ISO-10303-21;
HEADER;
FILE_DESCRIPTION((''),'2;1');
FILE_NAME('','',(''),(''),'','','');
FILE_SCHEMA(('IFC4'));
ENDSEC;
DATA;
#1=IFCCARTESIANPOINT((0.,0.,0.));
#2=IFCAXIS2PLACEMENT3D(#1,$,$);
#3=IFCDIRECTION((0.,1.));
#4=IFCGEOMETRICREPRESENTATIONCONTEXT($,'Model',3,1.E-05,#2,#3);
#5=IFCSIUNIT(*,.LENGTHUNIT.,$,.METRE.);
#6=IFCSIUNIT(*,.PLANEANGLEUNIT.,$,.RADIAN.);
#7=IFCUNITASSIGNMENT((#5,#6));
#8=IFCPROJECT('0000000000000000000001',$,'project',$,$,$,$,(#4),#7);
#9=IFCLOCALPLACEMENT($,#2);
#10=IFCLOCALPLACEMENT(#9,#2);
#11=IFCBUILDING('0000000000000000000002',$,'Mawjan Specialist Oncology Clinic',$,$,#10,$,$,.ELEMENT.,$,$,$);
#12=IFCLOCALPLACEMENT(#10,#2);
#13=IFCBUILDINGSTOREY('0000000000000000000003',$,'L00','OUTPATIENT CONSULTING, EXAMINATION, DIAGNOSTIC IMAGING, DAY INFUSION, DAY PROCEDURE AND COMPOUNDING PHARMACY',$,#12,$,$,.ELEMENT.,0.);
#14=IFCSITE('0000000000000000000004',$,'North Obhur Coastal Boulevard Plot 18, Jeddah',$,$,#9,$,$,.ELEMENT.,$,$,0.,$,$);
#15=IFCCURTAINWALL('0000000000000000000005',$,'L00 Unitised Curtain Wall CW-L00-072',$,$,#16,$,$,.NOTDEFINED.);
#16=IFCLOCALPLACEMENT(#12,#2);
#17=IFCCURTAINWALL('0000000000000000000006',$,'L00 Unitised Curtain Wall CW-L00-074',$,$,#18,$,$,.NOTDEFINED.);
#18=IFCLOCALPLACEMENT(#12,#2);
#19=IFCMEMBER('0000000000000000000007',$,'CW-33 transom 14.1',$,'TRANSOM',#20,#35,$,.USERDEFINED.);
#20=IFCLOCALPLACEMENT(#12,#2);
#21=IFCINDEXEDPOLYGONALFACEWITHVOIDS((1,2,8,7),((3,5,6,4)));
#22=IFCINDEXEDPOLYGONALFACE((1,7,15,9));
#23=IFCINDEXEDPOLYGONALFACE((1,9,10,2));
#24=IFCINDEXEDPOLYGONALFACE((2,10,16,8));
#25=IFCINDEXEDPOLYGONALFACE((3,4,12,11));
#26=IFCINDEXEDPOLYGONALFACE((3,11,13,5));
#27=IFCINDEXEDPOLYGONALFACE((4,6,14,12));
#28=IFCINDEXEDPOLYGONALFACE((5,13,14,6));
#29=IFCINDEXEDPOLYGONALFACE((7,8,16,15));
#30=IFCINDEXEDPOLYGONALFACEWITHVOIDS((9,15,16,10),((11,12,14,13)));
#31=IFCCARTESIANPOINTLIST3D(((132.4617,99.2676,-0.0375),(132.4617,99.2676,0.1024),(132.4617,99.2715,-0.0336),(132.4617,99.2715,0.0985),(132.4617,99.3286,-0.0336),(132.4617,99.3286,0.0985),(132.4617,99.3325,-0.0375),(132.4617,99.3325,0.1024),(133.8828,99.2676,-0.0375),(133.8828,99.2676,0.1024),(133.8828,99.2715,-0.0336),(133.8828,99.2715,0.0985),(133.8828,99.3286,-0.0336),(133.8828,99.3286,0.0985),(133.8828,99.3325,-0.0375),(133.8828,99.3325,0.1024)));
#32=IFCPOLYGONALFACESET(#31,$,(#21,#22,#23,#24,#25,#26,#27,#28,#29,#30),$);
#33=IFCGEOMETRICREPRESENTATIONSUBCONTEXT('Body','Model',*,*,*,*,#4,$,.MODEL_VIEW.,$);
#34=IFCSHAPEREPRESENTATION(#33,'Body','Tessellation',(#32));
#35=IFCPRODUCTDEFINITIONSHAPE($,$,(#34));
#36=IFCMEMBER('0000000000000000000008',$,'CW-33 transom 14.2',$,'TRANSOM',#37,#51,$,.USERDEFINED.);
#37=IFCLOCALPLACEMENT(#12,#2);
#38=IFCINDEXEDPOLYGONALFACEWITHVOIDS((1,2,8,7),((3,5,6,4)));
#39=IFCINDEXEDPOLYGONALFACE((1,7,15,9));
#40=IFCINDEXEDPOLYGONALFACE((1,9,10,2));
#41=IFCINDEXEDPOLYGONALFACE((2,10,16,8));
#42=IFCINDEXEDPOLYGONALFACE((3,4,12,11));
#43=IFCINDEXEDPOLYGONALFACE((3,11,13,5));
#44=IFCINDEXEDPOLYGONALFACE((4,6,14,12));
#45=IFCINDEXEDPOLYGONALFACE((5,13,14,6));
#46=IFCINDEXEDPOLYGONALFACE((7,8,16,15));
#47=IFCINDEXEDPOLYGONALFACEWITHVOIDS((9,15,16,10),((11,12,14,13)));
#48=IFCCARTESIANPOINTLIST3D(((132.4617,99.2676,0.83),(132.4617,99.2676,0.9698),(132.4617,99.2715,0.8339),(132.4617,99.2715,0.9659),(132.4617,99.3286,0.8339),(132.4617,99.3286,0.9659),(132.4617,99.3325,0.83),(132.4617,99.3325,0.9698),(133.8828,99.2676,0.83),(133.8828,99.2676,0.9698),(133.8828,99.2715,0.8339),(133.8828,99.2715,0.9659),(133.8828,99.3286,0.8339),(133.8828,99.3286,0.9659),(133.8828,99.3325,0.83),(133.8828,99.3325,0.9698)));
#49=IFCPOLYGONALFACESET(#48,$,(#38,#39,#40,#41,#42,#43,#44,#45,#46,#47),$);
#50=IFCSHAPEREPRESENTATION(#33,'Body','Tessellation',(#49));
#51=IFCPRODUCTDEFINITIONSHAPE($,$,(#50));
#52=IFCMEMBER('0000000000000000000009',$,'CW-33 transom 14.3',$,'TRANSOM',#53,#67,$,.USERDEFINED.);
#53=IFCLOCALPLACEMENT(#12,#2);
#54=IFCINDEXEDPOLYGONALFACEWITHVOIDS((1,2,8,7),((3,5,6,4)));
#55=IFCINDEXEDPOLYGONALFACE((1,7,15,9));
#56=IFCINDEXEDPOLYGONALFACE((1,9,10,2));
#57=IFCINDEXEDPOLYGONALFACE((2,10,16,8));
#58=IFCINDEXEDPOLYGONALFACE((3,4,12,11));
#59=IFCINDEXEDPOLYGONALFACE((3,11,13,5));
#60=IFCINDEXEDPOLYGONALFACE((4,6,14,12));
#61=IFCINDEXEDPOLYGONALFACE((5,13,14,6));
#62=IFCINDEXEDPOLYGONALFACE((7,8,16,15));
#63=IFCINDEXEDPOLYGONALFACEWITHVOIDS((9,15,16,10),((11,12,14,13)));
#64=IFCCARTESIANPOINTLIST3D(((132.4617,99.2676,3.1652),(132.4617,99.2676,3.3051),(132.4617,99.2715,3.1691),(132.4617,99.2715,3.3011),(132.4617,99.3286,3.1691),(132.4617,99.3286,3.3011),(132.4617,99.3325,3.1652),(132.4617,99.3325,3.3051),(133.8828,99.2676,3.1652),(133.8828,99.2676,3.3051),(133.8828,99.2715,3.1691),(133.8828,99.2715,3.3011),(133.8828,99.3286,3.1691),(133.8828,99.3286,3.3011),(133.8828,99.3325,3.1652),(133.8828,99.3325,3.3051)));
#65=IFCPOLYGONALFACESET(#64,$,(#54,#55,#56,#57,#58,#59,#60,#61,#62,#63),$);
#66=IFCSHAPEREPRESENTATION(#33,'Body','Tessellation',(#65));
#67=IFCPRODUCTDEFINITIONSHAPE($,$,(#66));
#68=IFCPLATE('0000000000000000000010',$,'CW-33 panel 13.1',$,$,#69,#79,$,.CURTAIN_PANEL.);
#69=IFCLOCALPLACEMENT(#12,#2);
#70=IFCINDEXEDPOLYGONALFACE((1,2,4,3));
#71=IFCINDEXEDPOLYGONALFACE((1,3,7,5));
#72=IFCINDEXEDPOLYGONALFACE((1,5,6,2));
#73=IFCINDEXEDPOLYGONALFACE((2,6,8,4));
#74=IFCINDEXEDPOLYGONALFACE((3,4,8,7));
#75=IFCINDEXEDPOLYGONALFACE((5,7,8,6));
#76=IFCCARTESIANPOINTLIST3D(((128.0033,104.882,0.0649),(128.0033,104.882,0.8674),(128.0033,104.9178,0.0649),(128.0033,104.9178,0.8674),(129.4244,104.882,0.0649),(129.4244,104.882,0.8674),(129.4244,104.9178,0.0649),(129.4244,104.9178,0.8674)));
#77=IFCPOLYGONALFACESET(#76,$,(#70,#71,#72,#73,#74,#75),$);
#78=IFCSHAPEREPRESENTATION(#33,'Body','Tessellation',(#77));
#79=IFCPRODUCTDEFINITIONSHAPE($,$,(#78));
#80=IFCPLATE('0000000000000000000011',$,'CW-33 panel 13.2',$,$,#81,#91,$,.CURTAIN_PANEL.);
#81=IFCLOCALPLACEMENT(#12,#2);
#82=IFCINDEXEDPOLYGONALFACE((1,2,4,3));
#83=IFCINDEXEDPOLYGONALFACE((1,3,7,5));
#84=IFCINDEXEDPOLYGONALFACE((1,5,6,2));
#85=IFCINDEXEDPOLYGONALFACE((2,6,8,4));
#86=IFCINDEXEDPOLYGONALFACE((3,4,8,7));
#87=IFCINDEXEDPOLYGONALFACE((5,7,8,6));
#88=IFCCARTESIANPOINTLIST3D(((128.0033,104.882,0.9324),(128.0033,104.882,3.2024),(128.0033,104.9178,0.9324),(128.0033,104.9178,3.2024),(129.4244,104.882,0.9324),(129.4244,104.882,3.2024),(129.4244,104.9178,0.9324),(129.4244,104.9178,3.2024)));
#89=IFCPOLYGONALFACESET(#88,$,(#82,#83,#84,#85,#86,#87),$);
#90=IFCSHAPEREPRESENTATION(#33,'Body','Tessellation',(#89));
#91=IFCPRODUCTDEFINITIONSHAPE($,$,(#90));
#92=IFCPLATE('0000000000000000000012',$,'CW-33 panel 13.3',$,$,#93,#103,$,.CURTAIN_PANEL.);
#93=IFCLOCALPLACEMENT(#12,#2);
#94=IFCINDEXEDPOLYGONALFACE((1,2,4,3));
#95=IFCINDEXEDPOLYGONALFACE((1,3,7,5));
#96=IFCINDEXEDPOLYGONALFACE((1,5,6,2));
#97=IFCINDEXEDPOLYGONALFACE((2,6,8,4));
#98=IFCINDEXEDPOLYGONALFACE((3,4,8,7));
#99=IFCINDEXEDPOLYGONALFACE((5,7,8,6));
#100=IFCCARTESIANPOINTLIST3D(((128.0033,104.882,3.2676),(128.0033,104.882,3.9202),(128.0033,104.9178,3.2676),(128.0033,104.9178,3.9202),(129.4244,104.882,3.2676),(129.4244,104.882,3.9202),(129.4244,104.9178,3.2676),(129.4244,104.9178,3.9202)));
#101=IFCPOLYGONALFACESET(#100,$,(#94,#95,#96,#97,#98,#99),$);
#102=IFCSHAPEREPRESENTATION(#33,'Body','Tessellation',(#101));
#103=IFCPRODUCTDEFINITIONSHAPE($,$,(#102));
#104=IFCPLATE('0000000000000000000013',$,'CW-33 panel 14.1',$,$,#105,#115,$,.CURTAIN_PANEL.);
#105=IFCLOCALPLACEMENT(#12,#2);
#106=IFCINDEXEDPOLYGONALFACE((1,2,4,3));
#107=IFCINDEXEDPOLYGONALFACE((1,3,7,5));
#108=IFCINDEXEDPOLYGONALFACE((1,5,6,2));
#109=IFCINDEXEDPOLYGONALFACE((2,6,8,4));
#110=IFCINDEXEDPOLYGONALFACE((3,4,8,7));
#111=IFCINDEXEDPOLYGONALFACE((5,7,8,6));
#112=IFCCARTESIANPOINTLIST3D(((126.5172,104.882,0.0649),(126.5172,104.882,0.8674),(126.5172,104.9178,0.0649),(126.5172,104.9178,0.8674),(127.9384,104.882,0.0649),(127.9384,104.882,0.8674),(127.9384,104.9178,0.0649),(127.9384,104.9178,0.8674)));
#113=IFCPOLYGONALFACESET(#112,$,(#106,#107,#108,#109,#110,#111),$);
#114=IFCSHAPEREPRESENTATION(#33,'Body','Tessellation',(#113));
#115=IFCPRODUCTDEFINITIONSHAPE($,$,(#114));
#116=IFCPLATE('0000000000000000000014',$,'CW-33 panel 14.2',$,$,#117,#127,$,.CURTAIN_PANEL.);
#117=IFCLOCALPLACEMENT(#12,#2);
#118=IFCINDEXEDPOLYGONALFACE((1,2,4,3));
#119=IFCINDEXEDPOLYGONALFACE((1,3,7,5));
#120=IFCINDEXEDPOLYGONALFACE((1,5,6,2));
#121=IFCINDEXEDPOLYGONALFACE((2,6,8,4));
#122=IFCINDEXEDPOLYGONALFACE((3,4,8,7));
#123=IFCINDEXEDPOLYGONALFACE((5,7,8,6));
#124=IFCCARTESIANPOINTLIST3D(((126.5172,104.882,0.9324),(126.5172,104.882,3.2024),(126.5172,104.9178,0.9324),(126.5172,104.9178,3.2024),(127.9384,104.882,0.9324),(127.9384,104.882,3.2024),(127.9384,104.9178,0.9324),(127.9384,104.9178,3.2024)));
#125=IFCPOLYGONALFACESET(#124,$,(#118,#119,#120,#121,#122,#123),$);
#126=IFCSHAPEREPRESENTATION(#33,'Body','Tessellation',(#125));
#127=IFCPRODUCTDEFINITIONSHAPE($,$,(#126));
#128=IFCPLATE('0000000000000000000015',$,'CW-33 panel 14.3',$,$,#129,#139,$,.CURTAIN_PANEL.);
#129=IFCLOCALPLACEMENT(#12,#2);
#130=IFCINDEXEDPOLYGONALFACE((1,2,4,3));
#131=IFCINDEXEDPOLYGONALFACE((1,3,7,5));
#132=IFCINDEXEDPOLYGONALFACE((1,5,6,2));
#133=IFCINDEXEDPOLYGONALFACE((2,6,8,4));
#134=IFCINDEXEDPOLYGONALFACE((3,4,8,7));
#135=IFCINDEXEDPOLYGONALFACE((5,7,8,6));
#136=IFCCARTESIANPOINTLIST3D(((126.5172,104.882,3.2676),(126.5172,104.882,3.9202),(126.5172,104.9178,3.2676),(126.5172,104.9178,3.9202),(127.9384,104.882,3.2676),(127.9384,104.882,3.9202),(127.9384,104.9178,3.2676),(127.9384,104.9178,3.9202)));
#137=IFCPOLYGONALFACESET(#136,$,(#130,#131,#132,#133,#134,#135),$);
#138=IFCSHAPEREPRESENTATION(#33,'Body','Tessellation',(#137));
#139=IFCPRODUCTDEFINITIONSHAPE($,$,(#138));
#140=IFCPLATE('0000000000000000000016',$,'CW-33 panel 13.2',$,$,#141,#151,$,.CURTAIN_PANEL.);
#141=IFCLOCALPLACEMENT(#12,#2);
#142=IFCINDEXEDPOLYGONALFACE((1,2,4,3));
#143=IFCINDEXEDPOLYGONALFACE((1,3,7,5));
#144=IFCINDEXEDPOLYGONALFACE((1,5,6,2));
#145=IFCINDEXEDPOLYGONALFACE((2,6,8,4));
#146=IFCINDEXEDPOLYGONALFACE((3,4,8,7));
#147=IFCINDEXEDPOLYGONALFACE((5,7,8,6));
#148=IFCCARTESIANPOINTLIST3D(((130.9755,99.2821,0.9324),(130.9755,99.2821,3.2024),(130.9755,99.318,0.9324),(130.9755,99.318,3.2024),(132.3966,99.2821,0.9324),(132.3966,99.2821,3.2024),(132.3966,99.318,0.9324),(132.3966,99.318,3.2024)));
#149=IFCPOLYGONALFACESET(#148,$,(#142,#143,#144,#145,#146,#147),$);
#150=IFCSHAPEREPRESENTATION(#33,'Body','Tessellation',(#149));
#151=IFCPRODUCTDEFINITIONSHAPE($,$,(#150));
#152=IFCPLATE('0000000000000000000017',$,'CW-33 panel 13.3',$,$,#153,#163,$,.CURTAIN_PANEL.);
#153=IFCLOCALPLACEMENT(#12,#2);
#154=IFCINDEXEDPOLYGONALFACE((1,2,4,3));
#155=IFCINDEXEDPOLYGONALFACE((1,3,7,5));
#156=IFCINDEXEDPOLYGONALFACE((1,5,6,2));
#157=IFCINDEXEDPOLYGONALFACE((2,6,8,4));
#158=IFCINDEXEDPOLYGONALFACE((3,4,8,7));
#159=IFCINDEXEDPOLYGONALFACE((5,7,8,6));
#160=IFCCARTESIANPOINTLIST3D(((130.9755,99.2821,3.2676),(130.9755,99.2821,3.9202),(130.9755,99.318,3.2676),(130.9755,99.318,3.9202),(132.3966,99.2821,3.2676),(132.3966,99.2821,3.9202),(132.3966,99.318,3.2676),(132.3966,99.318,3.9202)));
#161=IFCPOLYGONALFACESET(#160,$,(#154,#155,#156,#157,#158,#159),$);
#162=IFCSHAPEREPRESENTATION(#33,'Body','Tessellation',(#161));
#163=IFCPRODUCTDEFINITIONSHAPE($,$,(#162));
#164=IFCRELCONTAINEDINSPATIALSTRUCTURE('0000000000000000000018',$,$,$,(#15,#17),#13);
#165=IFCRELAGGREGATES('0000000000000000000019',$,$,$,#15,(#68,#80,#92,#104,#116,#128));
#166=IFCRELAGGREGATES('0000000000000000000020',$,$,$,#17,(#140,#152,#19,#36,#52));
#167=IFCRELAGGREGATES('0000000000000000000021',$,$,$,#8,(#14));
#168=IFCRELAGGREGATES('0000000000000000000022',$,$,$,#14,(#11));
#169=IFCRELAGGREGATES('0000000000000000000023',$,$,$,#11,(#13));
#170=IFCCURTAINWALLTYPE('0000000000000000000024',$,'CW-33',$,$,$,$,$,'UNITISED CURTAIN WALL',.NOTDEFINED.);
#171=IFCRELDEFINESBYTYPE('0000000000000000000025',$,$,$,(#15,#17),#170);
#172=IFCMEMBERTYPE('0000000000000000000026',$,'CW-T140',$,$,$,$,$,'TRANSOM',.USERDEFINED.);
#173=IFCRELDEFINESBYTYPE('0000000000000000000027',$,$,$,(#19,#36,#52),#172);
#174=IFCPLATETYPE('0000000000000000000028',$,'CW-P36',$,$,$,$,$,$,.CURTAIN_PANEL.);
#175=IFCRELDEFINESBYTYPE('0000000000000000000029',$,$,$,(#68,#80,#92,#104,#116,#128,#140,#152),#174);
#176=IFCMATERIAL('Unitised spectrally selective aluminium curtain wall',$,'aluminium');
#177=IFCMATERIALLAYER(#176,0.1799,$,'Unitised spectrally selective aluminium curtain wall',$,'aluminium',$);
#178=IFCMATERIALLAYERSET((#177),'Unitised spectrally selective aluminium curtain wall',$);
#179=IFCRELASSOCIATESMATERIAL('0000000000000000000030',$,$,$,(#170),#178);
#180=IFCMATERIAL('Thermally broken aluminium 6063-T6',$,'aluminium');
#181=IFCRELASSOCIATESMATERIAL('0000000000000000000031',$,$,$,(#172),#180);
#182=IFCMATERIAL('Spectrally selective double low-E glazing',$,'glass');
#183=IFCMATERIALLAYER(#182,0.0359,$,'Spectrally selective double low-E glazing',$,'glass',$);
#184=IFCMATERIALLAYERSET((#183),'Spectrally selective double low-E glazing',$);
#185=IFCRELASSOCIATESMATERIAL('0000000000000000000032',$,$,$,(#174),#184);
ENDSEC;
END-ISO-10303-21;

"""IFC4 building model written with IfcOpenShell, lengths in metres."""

from ifc_helpers import new_model, si_unit, direction, frame, origin, origin_2d, place, context, subcontext, project, spatial, rectangle, hollow_rectangle, extrude, material, layer, layer_set, material_profile, profile_set, type_object, element, aggregate, save


model = new_model("IFC4")

# Units and contexts
model_context = context("Model", 3, precision=1e-05, world=origin(), true_north=direction((0.0, 1.0)))
body_context = subcontext(model_context, "Body", "Model", "MODEL_VIEW")
ifc_project = project(units=[si_unit("LENGTHUNIT", "METRE"), si_unit("PLANEANGLEUNIT", "RADIAN")], contexts=[model_context])

# Site, building, storey
site_placement = place(None, origin())
site = spatial("IfcSite", under=ifc_project, at=site_placement, Name="North Obhur Coastal Boulevard Plot 18, Jeddah", CompositionType="ELEMENT", RefElevation=0.0)
building_placement = place(site_placement, origin())
building = spatial("IfcBuilding", under=site, at=building_placement, Name="Mawjan Specialist Oncology Clinic", CompositionType="ELEMENT")
storey_placement = place(building_placement, origin())
storey = spatial("IfcBuildingStorey", under=building, at=storey_placement, Name="L00", Description="OUTPATIENT CONSULTING, EXAMINATION, DIAGNOSTIC IMAGING, DAY INFUSION, DAY PROCEDURE AND COMPOUNDING PHARMACY", CompositionType="ELEMENT", Elevation=0.0)

# Curtain wall
ifc_material_1 = material(Name="Unitised spectrally selective aluminium curtain wall", Category="aluminium")
ifc_layer_1 = layer(ifc_material_1, 0.1799, Name="Unitised spectrally selective aluminium curtain wall", Category="aluminium")
ifc_layer_set_1 = layer_set([ifc_layer_1], Name="Unitised spectrally selective aluminium curtain wall")
curtain_wall_type = type_object("IfcCurtainWallType", Name="CW-33", ElementType="UNITISED CURTAIN WALL", PredefinedType="NOTDEFINED", material=ifc_layer_set_1)
curtain_wall_1_placement = place(storey_placement, origin())
curtain_wall_1 = element("IfcCurtainWall", 1, at=curtain_wall_1_placement, inside=storey, type_object=curtain_wall_type, Name="L00 Unitised Curtain Wall CW-L00-072", PredefinedType="NOTDEFINED")

# Curtain wall
curtain_wall_2_placement = place(storey_placement, origin())
curtain_wall_2 = element("IfcCurtainWall", 2, at=curtain_wall_2_placement, inside=storey, type_object=curtain_wall_type, Name="L00 Unitised Curtain Wall CW-L00-074", PredefinedType="NOTDEFINED")

# Members
ifc_material_2 = material(Name="Thermally broken aluminium 6063-T6", Category="aluminium")
ifc_material_profile_1 = material_profile(ifc_material_2, hollow_rectangle(XDim=0.0649, YDim=0.1399, WallThickness=0.0039, at=origin_2d()), Name="ALU TRANSOM 140x65x4", Category="aluminium")
ifc_profile_set_1 = profile_set([ifc_material_profile_1], Name="Thermally broken aluminium 6063-T6")
member_type_1 = type_object("IfcMemberType", Name="CW-T140", ElementType="TRANSOM", PredefinedType="USERDEFINED", material=ifc_profile_set_1)
member_1_placement = place(storey_placement, frame((132.4617, 99.3, 0.0325), z_axis=(1.0, 0.0, 0.0), x_axis=(0.0, 1.0, 0.0)))
member_1 = element("IfcMember", 3, at=member_1_placement, type_object=member_type_1, Name="CW-33 transom 14.1", ObjectType="TRANSOM", PredefinedType="USERDEFINED", context=body_context, shape_type="SweptSolid", body=[
    extrude(hollow_rectangle(XDim=0.0649, YDim=0.1399, WallThickness=0.0039, at=origin_2d()), origin(), (0.0, 0.0, 1.0), 1.4211),
])
member_2_placement = place(storey_placement, frame((132.4617, 99.3, 0.8999), z_axis=(1.0, 0.0, 0.0), x_axis=(0.0, 1.0, 0.0)))
member_2 = element("IfcMember", 4, at=member_2_placement, type_object=member_type_1, Name="CW-33 transom 14.2", ObjectType="TRANSOM", PredefinedType="USERDEFINED", context=body_context, shape_type="SweptSolid", body=[
    extrude(hollow_rectangle(XDim=0.0649, YDim=0.1399, WallThickness=0.0039, at=origin_2d()), origin(), (0.0, 0.0, 1.0), 1.4211),
])
member_3_placement = place(storey_placement, frame((132.4617, 99.3, 3.2351), z_axis=(1.0, 0.0, 0.0), x_axis=(0.0, 1.0, 0.0)))
member_3 = element("IfcMember", 5, at=member_3_placement, type_object=member_type_1, Name="CW-33 transom 14.3", ObjectType="TRANSOM", PredefinedType="USERDEFINED", context=body_context, shape_type="SweptSolid", body=[
    extrude(hollow_rectangle(XDim=0.0649, YDim=0.1399, WallThickness=0.0039, at=origin_2d()), origin(), (0.0, 0.0, 1.0), 1.4211),
])

# Plates
ifc_material_3 = material(Name="Spectrally selective double low-E glazing", Category="glass")
ifc_layer_2 = layer(ifc_material_3, 0.0359, Name="Spectrally selective double low-E glazing", Category="glass")
ifc_layer_set_2 = layer_set([ifc_layer_2], Name="Spectrally selective double low-E glazing")
plate_type = type_object("IfcPlateType", Name="CW-P36", PredefinedType="CURTAIN_PANEL", material=ifc_layer_set_2)
plate_1_placement = place(storey_placement, frame((128.7139, 104.8999, 0.0649), z_axis=(0.0, 0.0, 1.0), x_axis=(-1.0, 0.0, 0.0)))
plate_1 = element("IfcPlate", 6, at=plate_1_placement, type_object=plate_type, Name="CW-33 panel 13.1", PredefinedType="CURTAIN_PANEL", context=body_context, shape_type="SweptSolid", body=[
    extrude(rectangle(XDim=1.4211, YDim=0.0359, at=origin_2d()), origin(), (0.0, 0.0, 1.0), 0.8025),
])
plate_2_placement = place(storey_placement, frame((128.7139, 104.8999, 0.9324), z_axis=(0.0, 0.0, 1.0), x_axis=(-1.0, 0.0, 0.0)))
plate_2 = element("IfcPlate", 7, at=plate_2_placement, type_object=plate_type, Name="CW-33 panel 13.2", PredefinedType="CURTAIN_PANEL", context=body_context, shape_type="SweptSolid", body=[
    extrude(rectangle(XDim=1.4211, YDim=0.0359, at=origin_2d()), origin(), (0.0, 0.0, 1.0), 2.27),
])
plate_3_placement = place(storey_placement, frame((128.7139, 104.8999, 3.2676), z_axis=(0.0, 0.0, 1.0), x_axis=(-1.0, 0.0, 0.0)))
plate_3 = element("IfcPlate", 8, at=plate_3_placement, type_object=plate_type, Name="CW-33 panel 13.3", PredefinedType="CURTAIN_PANEL", context=body_context, shape_type="SweptSolid", body=[
    extrude(rectangle(XDim=1.4211, YDim=0.0359, at=origin_2d()), origin(), (0.0, 0.0, 1.0), 0.6526),
])
plate_4_placement = place(storey_placement, frame((127.2278, 104.8999, 0.0649), z_axis=(0.0, 0.0, 1.0), x_axis=(-1.0, 0.0, 0.0)))
plate_4 = element("IfcPlate", 9, at=plate_4_placement, type_object=plate_type, Name="CW-33 panel 14.1", PredefinedType="CURTAIN_PANEL", context=body_context, shape_type="SweptSolid", body=[
    extrude(rectangle(XDim=1.4211, YDim=0.0359, at=origin_2d()), origin(), (0.0, 0.0, 1.0), 0.8025),
])
plate_5_placement = place(storey_placement, frame((127.2278, 104.8999, 0.9324), z_axis=(0.0, 0.0, 1.0), x_axis=(-1.0, 0.0, 0.0)))
plate_5 = element("IfcPlate", 10, at=plate_5_placement, type_object=plate_type, Name="CW-33 panel 14.2", PredefinedType="CURTAIN_PANEL", context=body_context, shape_type="SweptSolid", body=[
    extrude(rectangle(XDim=1.4211, YDim=0.0359, at=origin_2d()), origin(), (0.0, 0.0, 1.0), 2.27),
])
plate_6_placement = place(storey_placement, frame((127.2278, 104.8999, 3.2676), z_axis=(0.0, 0.0, 1.0), x_axis=(-1.0, 0.0, 0.0)))
plate_6 = element("IfcPlate", 11, at=plate_6_placement, type_object=plate_type, Name="CW-33 panel 14.3", PredefinedType="CURTAIN_PANEL", context=body_context, shape_type="SweptSolid", body=[
    extrude(rectangle(XDim=1.4211, YDim=0.0359, at=origin_2d()), origin(), (0.0, 0.0, 1.0), 0.6526),
])
aggregate(curtain_wall_1, [plate_1, plate_2, plate_3, plate_4, plate_5, plate_6])
plate_7_placement = place(storey_placement, frame((131.686, 99.3, 0.9324), z_axis=(0.0, 0.0, 1.0), x_axis=(1.0, 0.0, 0.0)))
plate_7 = element("IfcPlate", 12, at=plate_7_placement, type_object=plate_type, Name="CW-33 panel 13.2", PredefinedType="CURTAIN_PANEL", context=body_context, shape_type="SweptSolid", body=[
    extrude(rectangle(XDim=1.4211, YDim=0.0359, at=origin_2d()), origin(), (0.0, 0.0, 1.0), 2.27),
])
plate_8_placement = place(storey_placement, frame((131.686, 99.3, 3.2676), z_axis=(0.0, 0.0, 1.0), x_axis=(1.0, 0.0, 0.0)))
plate_8 = element("IfcPlate", 13, at=plate_8_placement, type_object=plate_type, Name="CW-33 panel 13.3", PredefinedType="CURTAIN_PANEL", context=body_context, shape_type="SweptSolid", body=[
    extrude(rectangle(XDim=1.4211, YDim=0.0359, at=origin_2d()), origin(), (0.0, 0.0, 1.0), 0.6526),
])
aggregate(curtain_wall_2, [plate_7, plate_8, member_1, member_2, member_3])

save(model, "model.ifc")
